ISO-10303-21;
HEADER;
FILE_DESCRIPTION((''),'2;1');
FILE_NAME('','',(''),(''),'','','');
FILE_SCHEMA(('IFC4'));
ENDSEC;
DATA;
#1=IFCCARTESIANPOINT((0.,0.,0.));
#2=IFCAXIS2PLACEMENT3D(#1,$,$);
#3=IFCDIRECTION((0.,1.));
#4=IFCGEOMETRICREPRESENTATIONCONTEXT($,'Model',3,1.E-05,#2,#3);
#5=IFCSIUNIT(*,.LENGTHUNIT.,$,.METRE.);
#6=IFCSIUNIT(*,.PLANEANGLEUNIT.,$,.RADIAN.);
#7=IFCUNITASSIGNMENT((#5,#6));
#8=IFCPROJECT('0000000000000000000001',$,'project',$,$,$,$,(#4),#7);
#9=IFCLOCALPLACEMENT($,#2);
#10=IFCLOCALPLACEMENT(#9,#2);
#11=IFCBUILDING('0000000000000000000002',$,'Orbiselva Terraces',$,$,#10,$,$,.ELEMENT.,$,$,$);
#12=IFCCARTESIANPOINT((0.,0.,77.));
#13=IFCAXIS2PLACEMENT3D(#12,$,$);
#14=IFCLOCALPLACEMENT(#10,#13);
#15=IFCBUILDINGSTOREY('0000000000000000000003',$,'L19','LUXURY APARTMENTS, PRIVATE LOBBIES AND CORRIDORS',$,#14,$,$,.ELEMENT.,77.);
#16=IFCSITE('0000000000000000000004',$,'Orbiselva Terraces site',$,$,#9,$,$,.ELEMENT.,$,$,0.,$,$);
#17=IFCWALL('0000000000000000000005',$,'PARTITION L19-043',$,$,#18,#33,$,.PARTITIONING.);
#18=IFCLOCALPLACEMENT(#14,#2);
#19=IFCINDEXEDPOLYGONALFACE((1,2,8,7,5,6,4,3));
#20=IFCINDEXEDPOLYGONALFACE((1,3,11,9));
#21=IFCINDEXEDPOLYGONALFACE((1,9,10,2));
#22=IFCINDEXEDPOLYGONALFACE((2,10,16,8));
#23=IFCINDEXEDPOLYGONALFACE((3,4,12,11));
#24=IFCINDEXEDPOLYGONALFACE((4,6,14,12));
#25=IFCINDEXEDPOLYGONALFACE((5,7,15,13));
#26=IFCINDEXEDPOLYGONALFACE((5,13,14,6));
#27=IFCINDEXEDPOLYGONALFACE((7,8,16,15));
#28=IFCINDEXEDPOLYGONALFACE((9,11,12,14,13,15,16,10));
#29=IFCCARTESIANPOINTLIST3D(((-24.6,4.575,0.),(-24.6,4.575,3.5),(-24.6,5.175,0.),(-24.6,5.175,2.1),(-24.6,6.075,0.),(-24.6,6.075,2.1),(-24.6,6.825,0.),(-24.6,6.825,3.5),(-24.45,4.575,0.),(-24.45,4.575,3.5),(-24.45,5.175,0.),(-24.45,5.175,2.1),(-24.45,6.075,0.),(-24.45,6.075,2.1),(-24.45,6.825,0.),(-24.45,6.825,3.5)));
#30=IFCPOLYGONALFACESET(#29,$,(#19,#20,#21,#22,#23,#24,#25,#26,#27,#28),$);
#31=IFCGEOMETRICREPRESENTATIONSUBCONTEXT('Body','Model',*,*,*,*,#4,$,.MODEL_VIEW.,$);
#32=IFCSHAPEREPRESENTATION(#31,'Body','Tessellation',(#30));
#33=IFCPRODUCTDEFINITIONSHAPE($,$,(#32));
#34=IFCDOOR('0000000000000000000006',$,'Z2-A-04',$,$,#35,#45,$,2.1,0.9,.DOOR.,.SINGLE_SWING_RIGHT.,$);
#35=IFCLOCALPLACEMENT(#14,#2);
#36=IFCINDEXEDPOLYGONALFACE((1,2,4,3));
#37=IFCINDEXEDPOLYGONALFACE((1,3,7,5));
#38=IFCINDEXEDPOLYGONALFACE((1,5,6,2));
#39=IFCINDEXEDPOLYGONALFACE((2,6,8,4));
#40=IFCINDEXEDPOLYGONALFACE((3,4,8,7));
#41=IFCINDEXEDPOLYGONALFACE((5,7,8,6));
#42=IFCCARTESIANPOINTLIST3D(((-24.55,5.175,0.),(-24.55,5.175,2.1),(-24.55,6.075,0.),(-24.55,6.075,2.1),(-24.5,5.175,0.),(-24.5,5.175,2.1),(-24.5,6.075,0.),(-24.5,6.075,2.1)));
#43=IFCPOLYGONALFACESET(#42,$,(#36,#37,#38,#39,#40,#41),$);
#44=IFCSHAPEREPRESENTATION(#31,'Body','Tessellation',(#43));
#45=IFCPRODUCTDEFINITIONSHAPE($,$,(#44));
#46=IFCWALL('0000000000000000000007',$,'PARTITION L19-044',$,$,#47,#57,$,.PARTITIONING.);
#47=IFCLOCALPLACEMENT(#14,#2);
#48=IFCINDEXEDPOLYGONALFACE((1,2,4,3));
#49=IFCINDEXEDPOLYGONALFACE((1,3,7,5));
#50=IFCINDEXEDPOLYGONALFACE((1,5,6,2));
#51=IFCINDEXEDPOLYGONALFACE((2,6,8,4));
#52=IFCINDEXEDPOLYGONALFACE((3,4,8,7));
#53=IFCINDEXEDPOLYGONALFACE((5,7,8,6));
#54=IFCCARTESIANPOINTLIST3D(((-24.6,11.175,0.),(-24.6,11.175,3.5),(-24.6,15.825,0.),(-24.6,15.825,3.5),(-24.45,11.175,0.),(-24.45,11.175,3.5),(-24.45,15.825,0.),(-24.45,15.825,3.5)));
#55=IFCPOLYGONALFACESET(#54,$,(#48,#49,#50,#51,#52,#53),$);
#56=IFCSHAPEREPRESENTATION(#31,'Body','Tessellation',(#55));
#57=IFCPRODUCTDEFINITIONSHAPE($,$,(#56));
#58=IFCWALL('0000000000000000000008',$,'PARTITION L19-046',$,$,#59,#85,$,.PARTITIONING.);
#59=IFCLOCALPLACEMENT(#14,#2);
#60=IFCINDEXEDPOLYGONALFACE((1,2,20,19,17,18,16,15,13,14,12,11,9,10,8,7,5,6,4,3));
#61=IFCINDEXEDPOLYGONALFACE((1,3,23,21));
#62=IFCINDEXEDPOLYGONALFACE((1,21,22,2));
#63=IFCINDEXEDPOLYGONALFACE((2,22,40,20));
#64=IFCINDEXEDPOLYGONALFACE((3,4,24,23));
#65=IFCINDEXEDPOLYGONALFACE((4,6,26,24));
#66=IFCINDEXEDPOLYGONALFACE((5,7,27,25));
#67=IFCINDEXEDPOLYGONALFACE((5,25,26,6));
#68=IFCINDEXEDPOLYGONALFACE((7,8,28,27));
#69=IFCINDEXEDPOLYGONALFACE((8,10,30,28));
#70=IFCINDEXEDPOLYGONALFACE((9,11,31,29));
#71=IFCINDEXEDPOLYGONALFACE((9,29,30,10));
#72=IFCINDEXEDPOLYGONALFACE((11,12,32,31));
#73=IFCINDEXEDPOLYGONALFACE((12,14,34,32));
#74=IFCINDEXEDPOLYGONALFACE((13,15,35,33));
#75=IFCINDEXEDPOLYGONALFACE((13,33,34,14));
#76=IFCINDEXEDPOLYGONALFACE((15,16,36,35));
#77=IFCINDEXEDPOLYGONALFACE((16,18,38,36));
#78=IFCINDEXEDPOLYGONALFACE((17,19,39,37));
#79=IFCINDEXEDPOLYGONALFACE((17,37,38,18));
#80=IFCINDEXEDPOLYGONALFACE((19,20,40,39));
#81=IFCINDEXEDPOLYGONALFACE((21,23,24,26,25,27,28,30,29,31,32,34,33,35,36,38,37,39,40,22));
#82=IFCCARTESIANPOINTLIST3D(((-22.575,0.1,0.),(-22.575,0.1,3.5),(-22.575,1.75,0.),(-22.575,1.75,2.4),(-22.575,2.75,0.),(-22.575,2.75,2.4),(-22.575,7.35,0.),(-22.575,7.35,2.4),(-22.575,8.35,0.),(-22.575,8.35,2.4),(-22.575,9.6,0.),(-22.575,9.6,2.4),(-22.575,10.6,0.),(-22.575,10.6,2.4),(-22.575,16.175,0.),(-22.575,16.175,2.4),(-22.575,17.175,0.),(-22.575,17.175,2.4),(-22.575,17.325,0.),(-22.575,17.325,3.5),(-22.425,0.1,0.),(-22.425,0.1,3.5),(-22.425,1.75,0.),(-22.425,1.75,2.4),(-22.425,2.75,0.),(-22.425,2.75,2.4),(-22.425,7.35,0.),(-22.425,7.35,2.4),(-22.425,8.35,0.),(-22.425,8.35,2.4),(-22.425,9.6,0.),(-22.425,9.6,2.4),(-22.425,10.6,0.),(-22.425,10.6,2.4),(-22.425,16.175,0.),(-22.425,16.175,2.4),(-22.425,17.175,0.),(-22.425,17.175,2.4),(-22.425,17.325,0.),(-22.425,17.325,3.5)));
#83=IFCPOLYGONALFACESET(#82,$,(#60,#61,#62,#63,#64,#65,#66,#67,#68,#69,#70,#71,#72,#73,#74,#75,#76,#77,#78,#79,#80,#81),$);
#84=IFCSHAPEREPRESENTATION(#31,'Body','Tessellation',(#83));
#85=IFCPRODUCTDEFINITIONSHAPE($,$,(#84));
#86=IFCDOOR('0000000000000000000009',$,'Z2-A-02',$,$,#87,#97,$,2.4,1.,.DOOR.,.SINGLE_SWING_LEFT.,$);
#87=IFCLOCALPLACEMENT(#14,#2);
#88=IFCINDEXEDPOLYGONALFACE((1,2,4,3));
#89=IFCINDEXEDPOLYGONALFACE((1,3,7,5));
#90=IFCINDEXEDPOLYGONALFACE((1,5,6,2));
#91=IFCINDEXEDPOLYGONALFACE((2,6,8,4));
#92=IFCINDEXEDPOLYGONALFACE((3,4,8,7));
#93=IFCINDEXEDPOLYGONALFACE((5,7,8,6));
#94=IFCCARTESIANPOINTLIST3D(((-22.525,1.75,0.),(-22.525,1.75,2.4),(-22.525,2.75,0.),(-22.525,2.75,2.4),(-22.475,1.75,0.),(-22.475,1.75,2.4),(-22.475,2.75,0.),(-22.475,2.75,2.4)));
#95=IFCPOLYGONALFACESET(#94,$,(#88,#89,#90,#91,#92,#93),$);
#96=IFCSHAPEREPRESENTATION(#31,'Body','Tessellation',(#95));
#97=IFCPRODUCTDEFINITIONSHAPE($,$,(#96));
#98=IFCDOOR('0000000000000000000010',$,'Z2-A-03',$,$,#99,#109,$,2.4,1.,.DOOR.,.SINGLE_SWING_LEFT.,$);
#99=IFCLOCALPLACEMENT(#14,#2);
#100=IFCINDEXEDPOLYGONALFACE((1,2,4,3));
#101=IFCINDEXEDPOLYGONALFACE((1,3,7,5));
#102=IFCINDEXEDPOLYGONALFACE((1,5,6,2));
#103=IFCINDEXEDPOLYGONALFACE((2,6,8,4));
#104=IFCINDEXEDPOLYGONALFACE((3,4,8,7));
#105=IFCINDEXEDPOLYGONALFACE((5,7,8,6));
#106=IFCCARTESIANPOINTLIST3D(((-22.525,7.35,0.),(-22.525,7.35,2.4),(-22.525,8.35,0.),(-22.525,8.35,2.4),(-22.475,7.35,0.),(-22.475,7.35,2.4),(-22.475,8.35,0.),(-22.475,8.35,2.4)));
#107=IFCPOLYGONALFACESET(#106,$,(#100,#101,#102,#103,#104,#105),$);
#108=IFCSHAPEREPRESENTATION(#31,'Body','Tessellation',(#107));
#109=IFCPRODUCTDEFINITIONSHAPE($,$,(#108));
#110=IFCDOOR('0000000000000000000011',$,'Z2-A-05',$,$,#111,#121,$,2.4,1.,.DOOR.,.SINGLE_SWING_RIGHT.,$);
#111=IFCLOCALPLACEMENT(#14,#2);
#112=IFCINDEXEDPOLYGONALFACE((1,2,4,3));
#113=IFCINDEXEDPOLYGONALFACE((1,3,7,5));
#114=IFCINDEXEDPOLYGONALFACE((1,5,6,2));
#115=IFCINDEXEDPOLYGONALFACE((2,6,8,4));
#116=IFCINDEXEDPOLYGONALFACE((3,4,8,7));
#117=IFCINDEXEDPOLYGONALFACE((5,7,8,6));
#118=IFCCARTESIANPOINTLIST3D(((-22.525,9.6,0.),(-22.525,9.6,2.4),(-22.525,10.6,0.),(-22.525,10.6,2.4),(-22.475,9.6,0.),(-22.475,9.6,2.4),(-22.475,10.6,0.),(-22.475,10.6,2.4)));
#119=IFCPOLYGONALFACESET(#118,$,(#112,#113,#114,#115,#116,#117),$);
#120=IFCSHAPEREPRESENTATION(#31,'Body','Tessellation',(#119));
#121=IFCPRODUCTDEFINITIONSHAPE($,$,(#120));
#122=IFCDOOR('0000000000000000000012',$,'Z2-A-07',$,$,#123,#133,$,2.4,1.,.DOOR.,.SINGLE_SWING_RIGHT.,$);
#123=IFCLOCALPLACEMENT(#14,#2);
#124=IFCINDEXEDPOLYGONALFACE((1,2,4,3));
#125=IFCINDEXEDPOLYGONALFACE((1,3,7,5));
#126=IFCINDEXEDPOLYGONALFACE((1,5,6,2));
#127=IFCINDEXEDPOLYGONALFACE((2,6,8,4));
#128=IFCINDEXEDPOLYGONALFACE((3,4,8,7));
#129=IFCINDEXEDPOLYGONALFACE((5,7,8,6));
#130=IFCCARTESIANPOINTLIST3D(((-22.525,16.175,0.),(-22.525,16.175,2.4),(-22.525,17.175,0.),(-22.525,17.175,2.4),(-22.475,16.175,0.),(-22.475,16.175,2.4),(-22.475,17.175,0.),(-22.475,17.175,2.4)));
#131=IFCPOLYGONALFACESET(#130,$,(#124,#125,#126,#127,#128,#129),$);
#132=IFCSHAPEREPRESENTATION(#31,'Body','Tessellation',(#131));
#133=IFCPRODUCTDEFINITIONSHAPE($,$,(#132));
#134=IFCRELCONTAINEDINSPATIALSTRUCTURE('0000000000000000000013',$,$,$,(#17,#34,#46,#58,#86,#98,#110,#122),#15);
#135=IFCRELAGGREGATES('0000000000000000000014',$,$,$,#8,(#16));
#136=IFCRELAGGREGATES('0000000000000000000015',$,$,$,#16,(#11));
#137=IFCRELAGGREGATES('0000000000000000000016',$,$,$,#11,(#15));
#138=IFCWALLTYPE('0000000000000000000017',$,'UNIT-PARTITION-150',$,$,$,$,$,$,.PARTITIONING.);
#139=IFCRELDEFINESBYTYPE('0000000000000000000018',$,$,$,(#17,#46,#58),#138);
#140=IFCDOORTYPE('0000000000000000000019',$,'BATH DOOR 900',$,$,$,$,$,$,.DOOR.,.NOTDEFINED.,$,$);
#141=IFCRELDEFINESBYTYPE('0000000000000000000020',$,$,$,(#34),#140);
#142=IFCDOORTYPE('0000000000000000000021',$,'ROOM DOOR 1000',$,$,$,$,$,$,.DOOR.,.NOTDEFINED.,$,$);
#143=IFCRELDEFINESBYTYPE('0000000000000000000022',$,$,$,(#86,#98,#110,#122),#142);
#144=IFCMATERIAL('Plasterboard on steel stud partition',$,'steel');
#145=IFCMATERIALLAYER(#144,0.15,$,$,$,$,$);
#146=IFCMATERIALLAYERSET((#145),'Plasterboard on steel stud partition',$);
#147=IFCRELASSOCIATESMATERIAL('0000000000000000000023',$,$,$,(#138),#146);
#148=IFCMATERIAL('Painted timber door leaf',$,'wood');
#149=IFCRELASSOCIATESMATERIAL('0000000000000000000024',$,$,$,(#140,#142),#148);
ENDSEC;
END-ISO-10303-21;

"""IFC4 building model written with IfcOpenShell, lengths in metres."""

from ifc_helpers import new_model, si_unit, direction, frame, frame_2d, origin, place, context, subcontext, project, spatial, rectangle, extrude, material, layer, layer_set, type_object, element, fill, save


model = new_model("IFC4")

# Units and contexts
model_context = context("Model", 3, precision=1e-05, world=origin(), true_north=direction((0.0, 1.0)))
body_context = subcontext(model_context, "Body", "Model", "MODEL_VIEW")
ifc_project = project(units=[si_unit("LENGTHUNIT", "METRE"), si_unit("PLANEANGLEUNIT", "RADIAN")], contexts=[model_context])

# Site, building, storey
site_placement = place(None, origin())
site = spatial("IfcSite", under=ifc_project, at=site_placement, Name="Orbiselva Terraces site", CompositionType="ELEMENT", RefElevation=0.0)
building_placement = place(site_placement, origin())
building = spatial("IfcBuilding", under=site, at=building_placement, Name="Orbiselva Terraces", CompositionType="ELEMENT")
storey_placement = place(building_placement, frame((0.0, 0.0, 77.0)))
storey = spatial("IfcBuildingStorey", under=building, at=storey_placement, Name="L19", Description="LUXURY APARTMENTS, PRIVATE LOBBIES AND CORRIDORS", CompositionType="ELEMENT", Elevation=77.0)

# Shared definitions
ifc_material_1 = material(Name="Plasterboard on steel stud partition", Category="steel")
ifc_layer_1 = layer(ifc_material_1, 0.15)
ifc_layer_set_1 = layer_set([ifc_layer_1], Name="Plasterboard on steel stud partition")
wall_type_1 = type_object("IfcWallType", Name="UNIT-PARTITION-150", PredefinedType="PARTITIONING", material=ifc_layer_set_1)

# Shared definitions
ifc_material_2 = material(Name="Painted timber door leaf", Category="wood")
door_type_1 = type_object("IfcDoorType", Name="BATH DOOR 900", OperationType="NOTDEFINED", PredefinedType="DOOR", material=ifc_material_2)

# Wall, opening, door
wall_1_placement = place(storey_placement, frame((-24.525, 6.825, 0.0), z_axis=(0.0, 0.0, 1.0), x_axis=(0.0, -1.0, 0.0)))
wall_1 = element("IfcWall", 1, at=wall_1_placement, inside=storey, type_object=wall_type_1, Name="PARTITION L19-043", PredefinedType="PARTITIONING", context=body_context, shape_type="SweptSolid", body=[
    extrude(rectangle(XDim=2.25, YDim=0.15, at=frame_2d((1.125, 0.0))), origin(), (0.0, 0.0, 1.0), 3.5),
])
opening_1_placement = place(wall_1_placement, frame((0.75, 0.0, 0.0)))
opening_1 = element("IfcOpeningElement", 2, at=opening_1_placement, cuts=wall_1, PredefinedType="OPENING", context=body_context, shape_type="SweptSolid", body=[
    extrude(rectangle(XDim=0.9, YDim=2.1, at=frame_2d((0.45, 1.05))), frame((0.0, 0.085, 0.0), z_axis=(0.0, -1.0, 0.0), x_axis=(1.0, 0.0, 0.0)), (0.0, 0.0, 1.0), 0.17),
])
door_1_placement = place(opening_1_placement, origin())
door_1 = element("IfcDoor", 3, at=door_1_placement, inside=storey, type_object=door_type_1, Name="Z2-A-04", OperationType="SINGLE_SWING_RIGHT", OverallHeight=2.1, OverallWidth=0.9, PredefinedType="DOOR", context=body_context, shape_type="SweptSolid", body=[
    extrude(rectangle(XDim=0.9, YDim=2.1, at=frame_2d((0.45, 1.05))), frame((0.0, 0.025, 0.0), z_axis=(0.0, -1.0, 0.0), x_axis=(1.0, 0.0, 0.0)), (0.0, 0.0, 1.0), 0.05),
])
fill(opening_1, door_1)

# Wall
wall_2_placement = place(storey_placement, frame((-24.525, 11.175, 0.0), z_axis=(0.0, 0.0, 1.0), x_axis=(0.0, 1.0, 0.0)))
element("IfcWall", 4, at=wall_2_placement, inside=storey, type_object=wall_type_1, Name="PARTITION L19-044", PredefinedType="PARTITIONING", context=body_context, shape_type="SweptSolid", body=[
    extrude(rectangle(XDim=4.65, YDim=0.15, at=frame_2d((2.325, 0.0))), origin(), (0.0, 0.0, 1.0), 3.5),
])

# Wall, openings, doors
wall_3_placement = place(storey_placement, frame((-22.5, 0.1, 0.0), z_axis=(0.0, 0.0, 1.0), x_axis=(0.0, 1.0, 0.0)))
wall_3 = element("IfcWall", 5, at=wall_3_placement, inside=storey, type_object=wall_type_1, Name="PARTITION L19-046", PredefinedType="PARTITIONING", context=body_context, shape_type="SweptSolid", body=[
    extrude(rectangle(XDim=17.225, YDim=0.15, at=frame_2d((8.6125, 0.0))), origin(), (0.0, 0.0, 1.0), 3.5),
])
opening_2_placement = place(wall_3_placement, frame((1.65, 0.0, 0.0)))
opening_2 = element("IfcOpeningElement", 6, at=opening_2_placement, cuts=wall_3, PredefinedType="OPENING", context=body_context, shape_type="SweptSolid", body=[
    extrude(rectangle(XDim=1.0, YDim=2.4, at=frame_2d((0.5, 1.2))), frame((0.0, 0.085, 0.0), z_axis=(0.0, -1.0, 0.0), x_axis=(1.0, 0.0, 0.0)), (0.0, 0.0, 1.0), 0.17),
])
opening_3_placement = place(wall_3_placement, frame((7.25, 0.0, 0.0)))
opening_3 = element("IfcOpeningElement", 7, at=opening_3_placement, cuts=wall_3, PredefinedType="OPENING", context=body_context, shape_type="SweptSolid", body=[
    extrude(rectangle(XDim=1.0, YDim=2.4, at=frame_2d((0.5, 1.2))), frame((0.0, 0.085, 0.0), z_axis=(0.0, -1.0, 0.0), x_axis=(1.0, 0.0, 0.0)), (0.0, 0.0, 1.0), 0.17),
])
opening_4_placement = place(wall_3_placement, frame((9.5, 0.0, 0.0)))
opening_4 = element("IfcOpeningElement", 8, at=opening_4_placement, cuts=wall_3, PredefinedType="OPENING", context=body_context, shape_type="SweptSolid", body=[
    extrude(rectangle(XDim=1.0, YDim=2.4, at=frame_2d((0.5, 1.2))), frame((0.0, 0.085, 0.0), z_axis=(0.0, -1.0, 0.0), x_axis=(1.0, 0.0, 0.0)), (0.0, 0.0, 1.0), 0.17),
])
opening_5_placement = place(wall_3_placement, frame((16.075, 0.0, 0.0)))
opening_5 = element("IfcOpeningElement", 9, at=opening_5_placement, cuts=wall_3, PredefinedType="OPENING", context=body_context, shape_type="SweptSolid", body=[
    extrude(rectangle(XDim=1.0, YDim=2.4, at=frame_2d((0.5, 1.2))), frame((0.0, 0.085, 0.0), z_axis=(0.0, -1.0, 0.0), x_axis=(1.0, 0.0, 0.0)), (0.0, 0.0, 1.0), 0.17),
])
door_type_2 = type_object("IfcDoorType", Name="ROOM DOOR 1000", OperationType="NOTDEFINED", PredefinedType="DOOR", material=ifc_material_2)
door_2_placement = place(opening_2_placement, origin())
door_2 = element("IfcDoor", 10, at=door_2_placement, inside=storey, type_object=door_type_2, Name="Z2-A-02", OperationType="SINGLE_SWING_LEFT", OverallHeight=2.4, OverallWidth=1.0, PredefinedType="DOOR", context=body_context, shape_type="SweptSolid", body=[
    extrude(rectangle(XDim=1.0, YDim=2.4, at=frame_2d((0.5, 1.2))), frame((0.0, 0.025, 0.0), z_axis=(0.0, -1.0, 0.0), x_axis=(1.0, 0.0, 0.0)), (0.0, 0.0, 1.0), 0.05),
])
fill(opening_2, door_2)
door_3_placement = place(opening_3_placement, origin())
door_3 = element("IfcDoor", 11, at=door_3_placement, inside=storey, type_object=door_type_2, Name="Z2-A-03", OperationType="SINGLE_SWING_LEFT", OverallHeight=2.4, OverallWidth=1.0, PredefinedType="DOOR", context=body_context, shape_type="SweptSolid", body=[
    extrude(rectangle(XDim=1.0, YDim=2.4, at=frame_2d((0.5, 1.2))), frame((0.0, 0.025, 0.0), z_axis=(0.0, -1.0, 0.0), x_axis=(1.0, 0.0, 0.0)), (0.0, 0.0, 1.0), 0.05),
])
fill(opening_3, door_3)
door_4_placement = place(opening_4_placement, origin())
door_4 = element("IfcDoor", 12, at=door_4_placement, inside=storey, type_object=door_type_2, Name="Z2-A-05", OperationType="SINGLE_SWING_RIGHT", OverallHeight=2.4, OverallWidth=1.0, PredefinedType="DOOR", context=body_context, shape_type="SweptSolid", body=[
    extrude(rectangle(XDim=1.0, YDim=2.4, at=frame_2d((0.5, 1.2))), frame((0.0, 0.025, 0.0), z_axis=(0.0, -1.0, 0.0), x_axis=(1.0, 0.0, 0.0)), (0.0, 0.0, 1.0), 0.05),
])
fill(opening_4, door_4)
door_5_placement = place(opening_5_placement, origin())
door_5 = element("IfcDoor", 13, at=door_5_placement, inside=storey, type_object=door_type_2, Name="Z2-A-07", OperationType="SINGLE_SWING_RIGHT", OverallHeight=2.4, OverallWidth=1.0, PredefinedType="DOOR", context=body_context, shape_type="SweptSolid", body=[
    extrude(rectangle(XDim=1.0, YDim=2.4, at=frame_2d((0.5, 1.2))), frame((0.0, 0.025, 0.0), z_axis=(0.0, -1.0, 0.0), x_axis=(1.0, 0.0, 0.0)), (0.0, 0.0, 1.0), 0.05),
])
fill(opening_5, door_5)

save(model, "model.ifc")
